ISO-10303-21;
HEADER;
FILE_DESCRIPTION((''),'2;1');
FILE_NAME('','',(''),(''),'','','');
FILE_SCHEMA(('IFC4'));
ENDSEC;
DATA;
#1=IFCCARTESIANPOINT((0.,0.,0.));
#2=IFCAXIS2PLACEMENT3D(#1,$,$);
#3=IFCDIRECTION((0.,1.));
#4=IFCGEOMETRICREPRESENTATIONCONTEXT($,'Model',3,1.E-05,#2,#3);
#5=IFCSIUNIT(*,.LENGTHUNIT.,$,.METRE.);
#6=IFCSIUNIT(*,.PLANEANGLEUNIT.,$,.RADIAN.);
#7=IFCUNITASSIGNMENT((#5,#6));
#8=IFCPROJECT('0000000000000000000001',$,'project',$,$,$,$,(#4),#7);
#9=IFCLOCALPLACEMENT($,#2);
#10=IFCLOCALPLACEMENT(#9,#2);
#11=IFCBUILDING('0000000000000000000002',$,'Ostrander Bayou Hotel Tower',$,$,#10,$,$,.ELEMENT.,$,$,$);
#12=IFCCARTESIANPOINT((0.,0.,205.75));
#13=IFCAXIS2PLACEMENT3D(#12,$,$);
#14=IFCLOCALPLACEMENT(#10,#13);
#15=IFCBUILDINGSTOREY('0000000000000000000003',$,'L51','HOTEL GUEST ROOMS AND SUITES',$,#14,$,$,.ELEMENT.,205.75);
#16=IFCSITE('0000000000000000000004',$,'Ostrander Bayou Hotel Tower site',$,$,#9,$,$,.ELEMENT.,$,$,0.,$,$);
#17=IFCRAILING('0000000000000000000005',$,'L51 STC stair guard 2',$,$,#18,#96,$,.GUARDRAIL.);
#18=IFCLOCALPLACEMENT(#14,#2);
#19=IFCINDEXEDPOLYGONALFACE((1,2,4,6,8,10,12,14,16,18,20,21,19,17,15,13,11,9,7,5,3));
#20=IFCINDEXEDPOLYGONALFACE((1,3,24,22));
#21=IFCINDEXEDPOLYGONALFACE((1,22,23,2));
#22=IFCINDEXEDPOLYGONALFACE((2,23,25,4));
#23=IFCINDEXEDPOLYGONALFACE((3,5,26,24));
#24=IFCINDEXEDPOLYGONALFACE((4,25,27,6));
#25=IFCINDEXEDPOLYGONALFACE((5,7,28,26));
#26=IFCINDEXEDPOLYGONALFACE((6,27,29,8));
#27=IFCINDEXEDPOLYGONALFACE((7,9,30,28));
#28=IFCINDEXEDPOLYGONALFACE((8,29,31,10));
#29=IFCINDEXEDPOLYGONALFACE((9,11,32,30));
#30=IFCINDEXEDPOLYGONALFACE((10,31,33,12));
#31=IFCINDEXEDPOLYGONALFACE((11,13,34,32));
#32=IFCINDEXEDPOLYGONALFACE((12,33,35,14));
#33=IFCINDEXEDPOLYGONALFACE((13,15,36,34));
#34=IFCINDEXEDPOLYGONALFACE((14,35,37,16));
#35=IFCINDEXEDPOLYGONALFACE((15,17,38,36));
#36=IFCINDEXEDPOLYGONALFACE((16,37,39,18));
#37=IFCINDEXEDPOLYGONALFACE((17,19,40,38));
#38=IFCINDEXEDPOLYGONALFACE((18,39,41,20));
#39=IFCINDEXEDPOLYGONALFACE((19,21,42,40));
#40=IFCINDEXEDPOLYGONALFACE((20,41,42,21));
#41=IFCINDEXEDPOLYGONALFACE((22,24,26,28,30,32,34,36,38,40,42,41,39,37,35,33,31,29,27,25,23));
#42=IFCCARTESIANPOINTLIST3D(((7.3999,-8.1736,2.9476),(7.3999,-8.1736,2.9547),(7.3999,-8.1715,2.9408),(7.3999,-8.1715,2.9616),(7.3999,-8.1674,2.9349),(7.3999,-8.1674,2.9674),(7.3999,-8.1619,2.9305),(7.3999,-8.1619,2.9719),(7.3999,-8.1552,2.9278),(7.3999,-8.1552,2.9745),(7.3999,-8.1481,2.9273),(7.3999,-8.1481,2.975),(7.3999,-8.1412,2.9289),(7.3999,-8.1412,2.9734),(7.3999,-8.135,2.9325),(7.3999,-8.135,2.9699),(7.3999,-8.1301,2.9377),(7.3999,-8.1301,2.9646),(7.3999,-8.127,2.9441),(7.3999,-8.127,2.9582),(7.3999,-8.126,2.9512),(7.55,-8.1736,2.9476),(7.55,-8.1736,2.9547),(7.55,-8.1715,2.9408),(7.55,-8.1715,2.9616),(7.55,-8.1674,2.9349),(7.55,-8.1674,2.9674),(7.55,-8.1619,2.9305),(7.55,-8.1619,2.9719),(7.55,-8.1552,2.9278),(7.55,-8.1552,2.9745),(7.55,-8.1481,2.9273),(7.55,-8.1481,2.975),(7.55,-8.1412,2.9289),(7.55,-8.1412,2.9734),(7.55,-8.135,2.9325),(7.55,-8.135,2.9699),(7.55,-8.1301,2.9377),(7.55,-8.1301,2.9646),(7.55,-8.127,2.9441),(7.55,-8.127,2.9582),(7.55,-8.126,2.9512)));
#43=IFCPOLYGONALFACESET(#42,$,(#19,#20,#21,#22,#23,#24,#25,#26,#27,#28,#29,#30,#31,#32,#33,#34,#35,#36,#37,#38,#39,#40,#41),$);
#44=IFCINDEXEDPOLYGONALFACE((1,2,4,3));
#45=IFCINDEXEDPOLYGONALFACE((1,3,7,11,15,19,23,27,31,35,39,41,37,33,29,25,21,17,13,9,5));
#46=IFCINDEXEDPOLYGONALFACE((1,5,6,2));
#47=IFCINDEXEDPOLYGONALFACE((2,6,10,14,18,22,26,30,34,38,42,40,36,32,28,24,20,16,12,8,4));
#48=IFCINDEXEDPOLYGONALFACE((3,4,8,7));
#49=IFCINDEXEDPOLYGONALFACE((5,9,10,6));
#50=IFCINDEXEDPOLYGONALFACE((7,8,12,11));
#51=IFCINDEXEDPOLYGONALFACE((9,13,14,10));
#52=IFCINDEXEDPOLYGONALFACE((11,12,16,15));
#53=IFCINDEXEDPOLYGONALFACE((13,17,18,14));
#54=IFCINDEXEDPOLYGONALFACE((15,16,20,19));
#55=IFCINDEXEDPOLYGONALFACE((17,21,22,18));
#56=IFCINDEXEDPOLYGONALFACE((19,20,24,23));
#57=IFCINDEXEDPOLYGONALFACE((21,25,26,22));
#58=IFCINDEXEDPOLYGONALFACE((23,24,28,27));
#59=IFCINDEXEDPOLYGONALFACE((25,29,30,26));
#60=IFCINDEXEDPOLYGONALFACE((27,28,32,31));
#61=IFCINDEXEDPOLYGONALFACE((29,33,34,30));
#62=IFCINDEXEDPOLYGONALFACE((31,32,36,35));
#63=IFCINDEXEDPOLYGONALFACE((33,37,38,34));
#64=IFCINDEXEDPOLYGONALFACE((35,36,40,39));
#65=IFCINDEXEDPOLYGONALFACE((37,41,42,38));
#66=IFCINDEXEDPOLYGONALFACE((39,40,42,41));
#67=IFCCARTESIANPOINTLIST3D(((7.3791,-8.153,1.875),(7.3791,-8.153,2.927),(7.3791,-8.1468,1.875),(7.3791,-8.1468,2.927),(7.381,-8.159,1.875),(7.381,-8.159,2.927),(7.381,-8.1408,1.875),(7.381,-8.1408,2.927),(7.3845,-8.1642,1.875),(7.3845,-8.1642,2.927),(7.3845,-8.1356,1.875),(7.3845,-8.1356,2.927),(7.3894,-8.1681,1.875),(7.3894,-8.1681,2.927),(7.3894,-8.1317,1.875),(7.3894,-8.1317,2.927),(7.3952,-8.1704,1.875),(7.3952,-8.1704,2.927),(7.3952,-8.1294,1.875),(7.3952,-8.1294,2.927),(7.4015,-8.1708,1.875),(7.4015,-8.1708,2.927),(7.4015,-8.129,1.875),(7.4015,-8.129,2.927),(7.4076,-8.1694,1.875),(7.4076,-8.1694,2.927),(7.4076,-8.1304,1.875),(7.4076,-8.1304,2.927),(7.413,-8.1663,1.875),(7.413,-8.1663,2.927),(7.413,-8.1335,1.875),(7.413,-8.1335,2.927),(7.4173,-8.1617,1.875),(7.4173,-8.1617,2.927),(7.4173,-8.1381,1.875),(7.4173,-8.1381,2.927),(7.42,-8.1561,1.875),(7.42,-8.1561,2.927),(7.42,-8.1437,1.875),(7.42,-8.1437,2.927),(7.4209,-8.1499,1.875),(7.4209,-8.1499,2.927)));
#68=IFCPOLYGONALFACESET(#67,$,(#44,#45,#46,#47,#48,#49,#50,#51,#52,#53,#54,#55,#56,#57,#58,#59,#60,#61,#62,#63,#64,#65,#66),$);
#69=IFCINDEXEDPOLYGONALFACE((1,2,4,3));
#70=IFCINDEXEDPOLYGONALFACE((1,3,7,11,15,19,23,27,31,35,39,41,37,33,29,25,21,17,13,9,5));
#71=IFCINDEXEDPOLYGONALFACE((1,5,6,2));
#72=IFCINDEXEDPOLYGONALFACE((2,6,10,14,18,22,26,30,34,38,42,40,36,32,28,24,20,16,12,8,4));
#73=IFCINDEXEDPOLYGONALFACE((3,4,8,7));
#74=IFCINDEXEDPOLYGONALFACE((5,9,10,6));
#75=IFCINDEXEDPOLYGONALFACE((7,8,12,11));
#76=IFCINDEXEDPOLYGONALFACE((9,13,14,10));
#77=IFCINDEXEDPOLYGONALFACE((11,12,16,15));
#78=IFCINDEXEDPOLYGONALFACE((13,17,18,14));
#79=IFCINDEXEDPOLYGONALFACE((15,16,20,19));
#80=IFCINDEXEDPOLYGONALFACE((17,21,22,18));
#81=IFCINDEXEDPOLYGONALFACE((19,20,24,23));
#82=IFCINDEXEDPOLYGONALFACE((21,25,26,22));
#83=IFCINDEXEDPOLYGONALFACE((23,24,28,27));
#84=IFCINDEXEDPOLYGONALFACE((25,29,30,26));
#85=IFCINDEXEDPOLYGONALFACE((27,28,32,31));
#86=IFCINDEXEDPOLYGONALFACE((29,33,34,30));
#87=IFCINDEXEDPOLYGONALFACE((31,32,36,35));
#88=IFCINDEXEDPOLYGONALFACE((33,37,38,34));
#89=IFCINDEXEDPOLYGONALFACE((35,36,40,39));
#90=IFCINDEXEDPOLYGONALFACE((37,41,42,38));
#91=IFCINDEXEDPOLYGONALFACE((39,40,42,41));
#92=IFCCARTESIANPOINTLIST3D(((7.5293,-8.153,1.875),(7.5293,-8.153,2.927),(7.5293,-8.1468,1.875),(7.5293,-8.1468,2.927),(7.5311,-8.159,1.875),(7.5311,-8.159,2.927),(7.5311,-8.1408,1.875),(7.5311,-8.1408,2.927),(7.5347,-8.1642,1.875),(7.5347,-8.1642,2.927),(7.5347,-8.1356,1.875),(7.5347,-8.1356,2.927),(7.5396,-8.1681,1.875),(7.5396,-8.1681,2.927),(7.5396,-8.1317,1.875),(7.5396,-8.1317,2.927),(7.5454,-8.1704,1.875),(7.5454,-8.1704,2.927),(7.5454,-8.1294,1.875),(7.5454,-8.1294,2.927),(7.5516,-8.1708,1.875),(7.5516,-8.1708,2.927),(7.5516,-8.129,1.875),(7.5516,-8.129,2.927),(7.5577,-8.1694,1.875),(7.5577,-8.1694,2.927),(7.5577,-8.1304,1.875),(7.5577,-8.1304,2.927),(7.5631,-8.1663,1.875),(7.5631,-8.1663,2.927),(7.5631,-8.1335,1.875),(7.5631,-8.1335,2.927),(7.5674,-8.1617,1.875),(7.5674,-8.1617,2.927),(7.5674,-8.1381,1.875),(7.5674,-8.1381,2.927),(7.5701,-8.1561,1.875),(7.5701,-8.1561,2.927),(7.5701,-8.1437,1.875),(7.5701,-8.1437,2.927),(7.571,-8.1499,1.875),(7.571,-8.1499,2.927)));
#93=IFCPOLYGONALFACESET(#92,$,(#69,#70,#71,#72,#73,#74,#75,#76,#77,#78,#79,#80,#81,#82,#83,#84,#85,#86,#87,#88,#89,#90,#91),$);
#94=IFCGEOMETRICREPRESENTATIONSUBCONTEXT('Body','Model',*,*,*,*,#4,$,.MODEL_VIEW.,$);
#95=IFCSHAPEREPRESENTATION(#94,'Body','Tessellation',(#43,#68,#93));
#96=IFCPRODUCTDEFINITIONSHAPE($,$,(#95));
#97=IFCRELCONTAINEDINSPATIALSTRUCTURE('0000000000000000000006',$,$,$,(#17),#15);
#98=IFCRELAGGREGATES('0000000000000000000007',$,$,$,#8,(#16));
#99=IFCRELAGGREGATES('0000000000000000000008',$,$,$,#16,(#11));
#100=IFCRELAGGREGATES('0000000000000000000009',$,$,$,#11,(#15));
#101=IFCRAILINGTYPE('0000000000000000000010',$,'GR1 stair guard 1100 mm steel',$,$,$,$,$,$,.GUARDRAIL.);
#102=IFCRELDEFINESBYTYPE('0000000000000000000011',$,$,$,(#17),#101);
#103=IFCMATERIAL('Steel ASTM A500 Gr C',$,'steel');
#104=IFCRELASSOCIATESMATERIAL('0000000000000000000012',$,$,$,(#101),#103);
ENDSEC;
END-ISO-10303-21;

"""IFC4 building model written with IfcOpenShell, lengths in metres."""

from ifc_helpers import new_model, si_unit, direction, frame, origin, origin_2d, place, context, subcontext, project, spatial, circle, extrude, material, type_object, element, save


model = new_model("IFC4")

# Units and contexts
model_context = context("Model", 3, precision=1e-05, world=origin(), true_north=direction((0.0, 1.0)))
body_context = subcontext(model_context, "Body", "Model", "MODEL_VIEW")
ifc_project = project(units=[si_unit("LENGTHUNIT", "METRE"), si_unit("PLANEANGLEUNIT", "RADIAN")], contexts=[model_context])

# Site, building, storey
site_placement = place(None, origin())
site = spatial("IfcSite", under=ifc_project, at=site_placement, Name="Ostrander Bayou Hotel Tower site", CompositionType="ELEMENT", RefElevation=0.0)
building_placement = place(site_placement, origin())
building = spatial("IfcBuilding", under=site, at=building_placement, Name="Ostrander Bayou Hotel Tower", CompositionType="ELEMENT")
storey_placement = place(building_placement, frame((0.0, 0.0, 205.75)))
storey = spatial("IfcBuildingStorey", under=building, at=storey_placement, Name="L51", Description="HOTEL GUEST ROOMS AND SUITES", CompositionType="ELEMENT", Elevation=205.75)

# Railing
ifc_material_1 = material(Name="Steel ASTM A500 Gr C", Category="steel")
railing_type_1 = type_object("IfcRailingType", Name="GR1 stair guard 1100 mm steel", PredefinedType="GUARDRAIL", material=ifc_material_1)
railing_1_placement = place(storey_placement, frame((7.3999, -8.1499, 1.875)))
element("IfcRailing", 1, at=railing_1_placement, inside=storey, type_object=railing_type_1, Name="L51 STC stair guard 2", PredefinedType="GUARDRAIL", context=body_context, shape_type="SweptSolid", body=[
    extrude(circle(Radius=0.0239, at=origin_2d()), frame((0.0, 0.0, 1.0762), z_axis=(1.0, 0.0, 0.0), x_axis=(0.0, 1.0, 0.0)), (0.0, 0.0, 1.0), 0.1501),
    extrude(circle(Radius=0.021, at=origin_2d()), origin(), (0.0, 0.0, 1.0), 1.052),
    extrude(circle(Radius=0.021, at=origin_2d()), frame((0.1501, 0.0, 0.0)), (0.0, 0.0, 1.0), 1.052),
])

save(model, "model.ifc")
